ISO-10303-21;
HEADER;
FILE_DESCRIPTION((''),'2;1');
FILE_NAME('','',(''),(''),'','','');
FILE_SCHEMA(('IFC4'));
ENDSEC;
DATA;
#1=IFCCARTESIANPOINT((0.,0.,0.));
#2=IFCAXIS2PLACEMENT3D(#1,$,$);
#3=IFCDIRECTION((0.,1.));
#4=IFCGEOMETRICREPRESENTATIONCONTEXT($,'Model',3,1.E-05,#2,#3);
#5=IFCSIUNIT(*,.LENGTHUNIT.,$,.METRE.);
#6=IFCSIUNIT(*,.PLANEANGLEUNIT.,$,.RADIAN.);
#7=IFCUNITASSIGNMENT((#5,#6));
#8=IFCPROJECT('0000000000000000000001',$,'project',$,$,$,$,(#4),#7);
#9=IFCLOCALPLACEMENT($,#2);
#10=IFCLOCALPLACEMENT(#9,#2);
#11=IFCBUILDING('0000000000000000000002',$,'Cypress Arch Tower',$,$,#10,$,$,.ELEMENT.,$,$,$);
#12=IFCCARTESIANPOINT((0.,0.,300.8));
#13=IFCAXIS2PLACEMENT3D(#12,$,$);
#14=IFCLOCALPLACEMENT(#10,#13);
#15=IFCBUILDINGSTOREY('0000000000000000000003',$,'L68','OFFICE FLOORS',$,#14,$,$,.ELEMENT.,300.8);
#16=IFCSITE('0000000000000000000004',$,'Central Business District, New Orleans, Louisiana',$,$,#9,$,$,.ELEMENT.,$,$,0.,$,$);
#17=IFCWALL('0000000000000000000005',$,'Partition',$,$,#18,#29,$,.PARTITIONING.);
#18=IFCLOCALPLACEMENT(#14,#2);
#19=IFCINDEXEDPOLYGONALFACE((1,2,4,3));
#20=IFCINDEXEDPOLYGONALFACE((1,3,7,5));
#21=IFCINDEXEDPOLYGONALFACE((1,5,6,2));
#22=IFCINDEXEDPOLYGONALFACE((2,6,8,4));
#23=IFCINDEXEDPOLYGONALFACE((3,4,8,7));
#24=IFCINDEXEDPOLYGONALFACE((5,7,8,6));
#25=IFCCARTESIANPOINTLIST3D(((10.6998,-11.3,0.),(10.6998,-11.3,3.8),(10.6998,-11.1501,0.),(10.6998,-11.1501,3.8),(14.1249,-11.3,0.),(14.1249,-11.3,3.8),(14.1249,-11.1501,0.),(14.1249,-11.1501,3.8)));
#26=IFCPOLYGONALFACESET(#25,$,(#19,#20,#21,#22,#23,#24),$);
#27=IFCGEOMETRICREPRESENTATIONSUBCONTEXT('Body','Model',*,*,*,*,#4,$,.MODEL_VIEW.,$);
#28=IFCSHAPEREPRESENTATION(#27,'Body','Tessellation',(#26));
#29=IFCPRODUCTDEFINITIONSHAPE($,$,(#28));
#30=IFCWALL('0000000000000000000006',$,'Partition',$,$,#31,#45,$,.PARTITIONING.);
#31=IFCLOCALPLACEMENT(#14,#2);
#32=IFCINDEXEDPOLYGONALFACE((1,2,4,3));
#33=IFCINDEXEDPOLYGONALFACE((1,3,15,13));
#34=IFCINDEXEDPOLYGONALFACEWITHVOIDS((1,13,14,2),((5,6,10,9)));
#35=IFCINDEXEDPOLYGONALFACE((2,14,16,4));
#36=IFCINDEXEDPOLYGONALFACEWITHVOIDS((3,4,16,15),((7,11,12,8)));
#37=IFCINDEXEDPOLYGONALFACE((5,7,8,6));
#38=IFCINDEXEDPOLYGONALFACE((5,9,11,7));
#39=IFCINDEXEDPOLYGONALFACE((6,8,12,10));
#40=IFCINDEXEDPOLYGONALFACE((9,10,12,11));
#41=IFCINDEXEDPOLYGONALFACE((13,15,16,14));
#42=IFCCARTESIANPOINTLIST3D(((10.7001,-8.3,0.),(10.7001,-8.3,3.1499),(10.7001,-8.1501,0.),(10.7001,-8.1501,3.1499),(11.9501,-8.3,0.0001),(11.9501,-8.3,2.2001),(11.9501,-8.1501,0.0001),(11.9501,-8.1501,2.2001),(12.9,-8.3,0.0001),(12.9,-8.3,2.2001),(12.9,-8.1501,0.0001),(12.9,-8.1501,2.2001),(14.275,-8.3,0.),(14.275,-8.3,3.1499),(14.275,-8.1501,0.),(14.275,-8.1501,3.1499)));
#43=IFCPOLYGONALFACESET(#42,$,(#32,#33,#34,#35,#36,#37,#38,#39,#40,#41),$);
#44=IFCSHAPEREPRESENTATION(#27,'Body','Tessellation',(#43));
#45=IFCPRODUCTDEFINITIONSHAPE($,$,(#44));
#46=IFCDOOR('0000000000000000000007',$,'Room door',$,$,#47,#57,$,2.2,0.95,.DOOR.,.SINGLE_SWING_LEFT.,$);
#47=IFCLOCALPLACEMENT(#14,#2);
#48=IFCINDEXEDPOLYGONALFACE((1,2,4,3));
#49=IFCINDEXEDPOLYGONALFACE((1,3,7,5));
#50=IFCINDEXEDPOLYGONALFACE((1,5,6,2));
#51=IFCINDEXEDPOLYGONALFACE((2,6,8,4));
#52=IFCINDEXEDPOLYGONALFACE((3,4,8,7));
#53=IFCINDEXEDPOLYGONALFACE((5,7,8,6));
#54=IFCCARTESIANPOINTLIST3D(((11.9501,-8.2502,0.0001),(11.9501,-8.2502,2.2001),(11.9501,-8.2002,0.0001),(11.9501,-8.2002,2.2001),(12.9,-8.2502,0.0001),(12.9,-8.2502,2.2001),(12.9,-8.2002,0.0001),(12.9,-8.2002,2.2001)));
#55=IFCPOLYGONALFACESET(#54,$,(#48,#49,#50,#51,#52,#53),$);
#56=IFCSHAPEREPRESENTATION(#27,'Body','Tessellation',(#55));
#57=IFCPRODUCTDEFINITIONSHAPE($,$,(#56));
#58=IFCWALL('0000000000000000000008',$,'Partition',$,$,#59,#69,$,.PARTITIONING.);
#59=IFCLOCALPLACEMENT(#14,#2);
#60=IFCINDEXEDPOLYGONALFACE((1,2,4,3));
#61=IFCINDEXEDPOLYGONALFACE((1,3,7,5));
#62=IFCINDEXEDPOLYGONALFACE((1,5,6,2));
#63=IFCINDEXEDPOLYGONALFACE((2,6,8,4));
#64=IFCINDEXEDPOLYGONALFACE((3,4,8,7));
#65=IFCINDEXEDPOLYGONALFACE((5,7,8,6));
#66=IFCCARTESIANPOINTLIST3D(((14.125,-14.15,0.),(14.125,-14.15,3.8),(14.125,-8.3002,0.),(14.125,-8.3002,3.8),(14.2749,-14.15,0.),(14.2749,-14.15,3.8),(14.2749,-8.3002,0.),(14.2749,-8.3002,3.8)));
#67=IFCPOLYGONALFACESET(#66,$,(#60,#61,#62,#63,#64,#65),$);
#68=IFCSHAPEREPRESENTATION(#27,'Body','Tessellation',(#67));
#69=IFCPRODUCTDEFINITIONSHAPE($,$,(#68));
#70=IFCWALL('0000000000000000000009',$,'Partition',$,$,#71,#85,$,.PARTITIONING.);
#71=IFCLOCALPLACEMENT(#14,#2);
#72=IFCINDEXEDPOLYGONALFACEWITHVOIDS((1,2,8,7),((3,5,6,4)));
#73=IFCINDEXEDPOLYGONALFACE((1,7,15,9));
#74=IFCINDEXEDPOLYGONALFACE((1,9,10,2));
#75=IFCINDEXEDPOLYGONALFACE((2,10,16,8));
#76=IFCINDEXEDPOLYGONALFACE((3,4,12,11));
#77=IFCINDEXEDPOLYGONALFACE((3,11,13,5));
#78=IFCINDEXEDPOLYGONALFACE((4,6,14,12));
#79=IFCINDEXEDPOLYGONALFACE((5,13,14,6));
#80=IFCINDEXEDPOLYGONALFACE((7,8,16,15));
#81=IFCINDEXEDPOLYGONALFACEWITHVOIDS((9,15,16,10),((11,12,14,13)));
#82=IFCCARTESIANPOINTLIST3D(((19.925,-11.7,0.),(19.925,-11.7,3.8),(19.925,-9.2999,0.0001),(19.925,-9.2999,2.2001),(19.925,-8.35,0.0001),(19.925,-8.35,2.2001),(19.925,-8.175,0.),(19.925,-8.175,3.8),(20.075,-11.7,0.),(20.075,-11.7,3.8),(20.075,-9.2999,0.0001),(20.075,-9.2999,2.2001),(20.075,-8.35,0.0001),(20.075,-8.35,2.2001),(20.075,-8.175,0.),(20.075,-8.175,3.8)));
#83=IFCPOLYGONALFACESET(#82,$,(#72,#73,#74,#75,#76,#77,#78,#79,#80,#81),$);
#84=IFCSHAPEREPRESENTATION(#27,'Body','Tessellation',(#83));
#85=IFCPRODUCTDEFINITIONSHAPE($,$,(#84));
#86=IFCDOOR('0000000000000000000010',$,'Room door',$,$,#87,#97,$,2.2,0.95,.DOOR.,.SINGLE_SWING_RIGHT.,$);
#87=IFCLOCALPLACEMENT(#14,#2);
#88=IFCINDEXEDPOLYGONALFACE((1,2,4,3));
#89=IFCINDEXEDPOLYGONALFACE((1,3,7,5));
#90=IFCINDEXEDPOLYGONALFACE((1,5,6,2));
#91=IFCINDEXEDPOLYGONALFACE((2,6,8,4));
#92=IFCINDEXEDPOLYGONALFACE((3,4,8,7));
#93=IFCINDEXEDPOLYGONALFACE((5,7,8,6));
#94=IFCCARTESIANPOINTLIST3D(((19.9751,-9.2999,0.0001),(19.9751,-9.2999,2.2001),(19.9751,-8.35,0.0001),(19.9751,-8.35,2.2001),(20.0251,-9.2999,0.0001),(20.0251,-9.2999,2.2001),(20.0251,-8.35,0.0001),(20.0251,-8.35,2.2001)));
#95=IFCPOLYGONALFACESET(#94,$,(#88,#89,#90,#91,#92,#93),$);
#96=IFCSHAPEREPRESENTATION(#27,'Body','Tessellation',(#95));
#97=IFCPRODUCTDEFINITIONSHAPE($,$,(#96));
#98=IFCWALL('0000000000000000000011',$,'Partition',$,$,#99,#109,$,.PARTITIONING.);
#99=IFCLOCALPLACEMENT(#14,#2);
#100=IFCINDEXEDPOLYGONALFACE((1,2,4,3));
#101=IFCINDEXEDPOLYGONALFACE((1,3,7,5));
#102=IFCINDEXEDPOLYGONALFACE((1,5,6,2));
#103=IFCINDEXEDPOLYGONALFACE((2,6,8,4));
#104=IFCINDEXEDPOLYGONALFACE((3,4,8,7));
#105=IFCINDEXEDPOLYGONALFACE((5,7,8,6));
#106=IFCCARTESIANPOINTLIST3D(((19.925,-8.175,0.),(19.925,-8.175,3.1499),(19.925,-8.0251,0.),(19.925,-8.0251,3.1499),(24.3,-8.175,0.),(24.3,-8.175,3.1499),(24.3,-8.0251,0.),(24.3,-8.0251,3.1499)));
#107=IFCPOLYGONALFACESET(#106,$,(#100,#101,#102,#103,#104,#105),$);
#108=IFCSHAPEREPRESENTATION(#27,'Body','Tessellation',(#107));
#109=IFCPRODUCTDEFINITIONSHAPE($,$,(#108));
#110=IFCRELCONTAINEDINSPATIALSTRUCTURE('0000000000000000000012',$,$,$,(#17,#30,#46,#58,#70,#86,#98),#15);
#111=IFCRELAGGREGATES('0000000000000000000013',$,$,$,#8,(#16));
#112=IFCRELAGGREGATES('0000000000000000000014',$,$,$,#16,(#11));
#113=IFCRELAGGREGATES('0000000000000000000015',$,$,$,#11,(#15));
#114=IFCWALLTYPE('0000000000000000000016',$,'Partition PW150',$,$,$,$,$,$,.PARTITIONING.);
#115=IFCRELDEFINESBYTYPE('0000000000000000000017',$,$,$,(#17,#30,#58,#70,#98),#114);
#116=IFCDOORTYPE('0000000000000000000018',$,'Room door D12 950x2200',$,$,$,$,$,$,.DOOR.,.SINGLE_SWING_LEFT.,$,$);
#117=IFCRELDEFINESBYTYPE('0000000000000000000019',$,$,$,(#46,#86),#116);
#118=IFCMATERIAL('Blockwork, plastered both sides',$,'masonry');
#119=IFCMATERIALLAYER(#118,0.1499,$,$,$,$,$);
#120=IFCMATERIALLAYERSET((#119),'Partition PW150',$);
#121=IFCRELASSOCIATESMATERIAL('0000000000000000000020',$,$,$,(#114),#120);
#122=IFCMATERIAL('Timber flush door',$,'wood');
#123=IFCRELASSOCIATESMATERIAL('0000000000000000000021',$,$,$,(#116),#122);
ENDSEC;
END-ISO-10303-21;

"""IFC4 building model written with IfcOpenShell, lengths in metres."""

from ifc_helpers import new_model, si_unit, direction, frame, frame_2d, origin, place, context, subcontext, project, spatial, rectangle, extrude, material, layer, layer_set, type_object, element, fill, save


model = new_model("IFC4")

# Units and contexts
model_context = context("Model", 3, precision=1e-05, world=origin(), true_north=direction((0.0, 1.0)))
body_context = subcontext(model_context, "Body", "Model", "MODEL_VIEW")
ifc_project = project(units=[si_unit("LENGTHUNIT", "METRE"), si_unit("PLANEANGLEUNIT", "RADIAN")], contexts=[model_context])

# Site, building, storey
site_placement = place(None, origin())
site = spatial("IfcSite", under=ifc_project, at=site_placement, Name="Central Business District, New Orleans, Louisiana", CompositionType="ELEMENT", RefElevation=0.0)
building_placement = place(site_placement, origin())
building = spatial("IfcBuilding", under=site, at=building_placement, Name="Cypress Arch Tower", CompositionType="ELEMENT")
storey_placement = place(building_placement, frame((0.0, 0.0, 300.8)))
storey = spatial("IfcBuildingStorey", under=building, at=storey_placement, Name="L68", Description="OFFICE FLOORS", CompositionType="ELEMENT", Elevation=300.8)

# Wall
ifc_material_1 = material(Name="Blockwork, plastered both sides", Category="masonry")
ifc_layer_1 = layer(ifc_material_1, 0.1499)
ifc_layer_set_1 = layer_set([ifc_layer_1], Name="Partition PW150")
wall_type_1 = type_object("IfcWallType", Name="Partition PW150", PredefinedType="PARTITIONING", material=ifc_layer_set_1)
wall_1_placement = place(storey_placement, frame((10.7, -11.2251, 0.0), z_axis=(0.0, 0.0, 1.0), x_axis=(1.0, 0.0, 0.0)))
element("IfcWall", 1, at=wall_1_placement, inside=storey, type_object=wall_type_1, Name="Partition", PredefinedType="PARTITIONING", context=body_context, shape_type="SweptSolid", body=[
    extrude(rectangle(XDim=3.425, YDim=0.1499, at=frame_2d((1.7124, 0.0))), origin(), (0.0, 0.0, 1.0), 3.8),
])

# Wall, opening, door
wall_2_placement = place(storey_placement, frame((10.7, -8.2251, 0.0), z_axis=(0.0, 0.0, 1.0), x_axis=(1.0, 0.0, 0.0)))
wall_2 = element("IfcWall", 2, at=wall_2_placement, inside=storey, type_object=wall_type_1, Name="Partition", PredefinedType="PARTITIONING", context=body_context, shape_type="SweptSolid", body=[
    extrude(rectangle(XDim=3.575, YDim=0.1499, at=frame_2d((1.7876, 0.0))), origin(), (0.0, 0.0, 1.0), 3.1499),
])
opening_1_placement = place(wall_2_placement, frame((1.25, 0.0, 0.0)))
opening_1 = element("IfcOpeningElement", 3, at=opening_1_placement, cuts=wall_2, PredefinedType="OPENING", context=body_context, shape_type="SweptSolid", body=[
    extrude(rectangle(XDim=0.95, YDim=2.2, at=frame_2d((0.4751, 1.1001))), frame((0.0, 0.085, 0.0), z_axis=(0.0, -1.0, 0.0), x_axis=(1.0, 0.0, 0.0)), (0.0, 0.0, 1.0), 0.1699),
])
ifc_material_2 = material(Name="Timber flush door", Category="wood")
door_type = type_object("IfcDoorType", Name="Room door D12 950x2200", OperationType="SINGLE_SWING_LEFT", PredefinedType="DOOR", material=ifc_material_2)
door_1_placement = place(opening_1_placement, origin())
door_1 = element("IfcDoor", 4, at=door_1_placement, inside=storey, type_object=door_type, Name="Room door", OperationType="SINGLE_SWING_LEFT", OverallHeight=2.2, OverallWidth=0.95, PredefinedType="DOOR", context=body_context, shape_type="SweptSolid", body=[
    extrude(rectangle(XDim=0.95, YDim=2.2, at=frame_2d((0.4751, 1.1001))), frame((0.0, 0.0249, 0.0), z_axis=(0.0, -1.0, 0.0), x_axis=(1.0, 0.0, 0.0)), (0.0, 0.0, 1.0), 0.05),
])
fill(opening_1, door_1)

# Wall
wall_3_placement = place(storey_placement, frame((14.2, -14.1499, 0.0), z_axis=(0.0, 0.0, 1.0), x_axis=(0.0, 1.0, 0.0)))
element("IfcWall", 5, at=wall_3_placement, inside=storey, type_object=wall_type_1, Name="Partition", PredefinedType="PARTITIONING", context=body_context, shape_type="SweptSolid", body=[
    extrude(rectangle(XDim=5.8499, YDim=0.1499, at=frame_2d((2.9248, 0.0))), origin(), (0.0, 0.0, 1.0), 3.8),
])

# Wall, opening, door
wall_4_placement = place(storey_placement, frame((20.0, -11.7, 0.0), z_axis=(0.0, 0.0, 1.0), x_axis=(0.0, 1.0, 0.0)))
wall_4 = element("IfcWall", 6, at=wall_4_placement, inside=storey, type_object=wall_type_1, Name="Partition", PredefinedType="PARTITIONING", context=body_context, shape_type="SweptSolid", body=[
    extrude(rectangle(XDim=3.5249, YDim=0.1499, at=frame_2d((1.7625, 0.0))), origin(), (0.0, 0.0, 1.0), 3.8),
])
opening_2_placement = place(wall_4_placement, frame((2.3999, 0.0, 0.0)))
opening_2 = element("IfcOpeningElement", 7, at=opening_2_placement, cuts=wall_4, PredefinedType="OPENING", context=body_context, shape_type="SweptSolid", body=[
    extrude(rectangle(XDim=0.95, YDim=2.2, at=frame_2d((0.4751, 1.1001))), frame((0.0, 0.085, 0.0), z_axis=(0.0, -1.0, 0.0), x_axis=(1.0, 0.0, 0.0)), (0.0, 0.0, 1.0), 0.1699),
])
door_2_placement = place(opening_2_placement, origin())
door_2 = element("IfcDoor", 8, at=door_2_placement, inside=storey, type_object=door_type, Name="Room door", OperationType="SINGLE_SWING_RIGHT", OverallHeight=2.2, OverallWidth=0.95, PredefinedType="DOOR", context=body_context, shape_type="SweptSolid", body=[
    extrude(rectangle(XDim=0.95, YDim=2.2, at=frame_2d((0.4751, 1.1001))), frame((0.0, 0.0249, 0.0), z_axis=(0.0, -1.0, 0.0), x_axis=(1.0, 0.0, 0.0)), (0.0, 0.0, 1.0), 0.05),
])
fill(opening_2, door_2)

# Wall
wall_5_placement = place(storey_placement, frame((19.925, -8.1001, 0.0), z_axis=(0.0, 0.0, 1.0), x_axis=(1.0, 0.0, 0.0)))
element("IfcWall", 9, at=wall_5_placement, inside=storey, type_object=wall_type_1, Name="Partition", PredefinedType="PARTITIONING", context=body_context, shape_type="SweptSolid", body=[
    extrude(rectangle(XDim=4.375, YDim=0.1499, at=frame_2d((2.1875, 0.0))), origin(), (0.0, 0.0, 1.0), 3.1499),
])

save(model, "model.ifc")
